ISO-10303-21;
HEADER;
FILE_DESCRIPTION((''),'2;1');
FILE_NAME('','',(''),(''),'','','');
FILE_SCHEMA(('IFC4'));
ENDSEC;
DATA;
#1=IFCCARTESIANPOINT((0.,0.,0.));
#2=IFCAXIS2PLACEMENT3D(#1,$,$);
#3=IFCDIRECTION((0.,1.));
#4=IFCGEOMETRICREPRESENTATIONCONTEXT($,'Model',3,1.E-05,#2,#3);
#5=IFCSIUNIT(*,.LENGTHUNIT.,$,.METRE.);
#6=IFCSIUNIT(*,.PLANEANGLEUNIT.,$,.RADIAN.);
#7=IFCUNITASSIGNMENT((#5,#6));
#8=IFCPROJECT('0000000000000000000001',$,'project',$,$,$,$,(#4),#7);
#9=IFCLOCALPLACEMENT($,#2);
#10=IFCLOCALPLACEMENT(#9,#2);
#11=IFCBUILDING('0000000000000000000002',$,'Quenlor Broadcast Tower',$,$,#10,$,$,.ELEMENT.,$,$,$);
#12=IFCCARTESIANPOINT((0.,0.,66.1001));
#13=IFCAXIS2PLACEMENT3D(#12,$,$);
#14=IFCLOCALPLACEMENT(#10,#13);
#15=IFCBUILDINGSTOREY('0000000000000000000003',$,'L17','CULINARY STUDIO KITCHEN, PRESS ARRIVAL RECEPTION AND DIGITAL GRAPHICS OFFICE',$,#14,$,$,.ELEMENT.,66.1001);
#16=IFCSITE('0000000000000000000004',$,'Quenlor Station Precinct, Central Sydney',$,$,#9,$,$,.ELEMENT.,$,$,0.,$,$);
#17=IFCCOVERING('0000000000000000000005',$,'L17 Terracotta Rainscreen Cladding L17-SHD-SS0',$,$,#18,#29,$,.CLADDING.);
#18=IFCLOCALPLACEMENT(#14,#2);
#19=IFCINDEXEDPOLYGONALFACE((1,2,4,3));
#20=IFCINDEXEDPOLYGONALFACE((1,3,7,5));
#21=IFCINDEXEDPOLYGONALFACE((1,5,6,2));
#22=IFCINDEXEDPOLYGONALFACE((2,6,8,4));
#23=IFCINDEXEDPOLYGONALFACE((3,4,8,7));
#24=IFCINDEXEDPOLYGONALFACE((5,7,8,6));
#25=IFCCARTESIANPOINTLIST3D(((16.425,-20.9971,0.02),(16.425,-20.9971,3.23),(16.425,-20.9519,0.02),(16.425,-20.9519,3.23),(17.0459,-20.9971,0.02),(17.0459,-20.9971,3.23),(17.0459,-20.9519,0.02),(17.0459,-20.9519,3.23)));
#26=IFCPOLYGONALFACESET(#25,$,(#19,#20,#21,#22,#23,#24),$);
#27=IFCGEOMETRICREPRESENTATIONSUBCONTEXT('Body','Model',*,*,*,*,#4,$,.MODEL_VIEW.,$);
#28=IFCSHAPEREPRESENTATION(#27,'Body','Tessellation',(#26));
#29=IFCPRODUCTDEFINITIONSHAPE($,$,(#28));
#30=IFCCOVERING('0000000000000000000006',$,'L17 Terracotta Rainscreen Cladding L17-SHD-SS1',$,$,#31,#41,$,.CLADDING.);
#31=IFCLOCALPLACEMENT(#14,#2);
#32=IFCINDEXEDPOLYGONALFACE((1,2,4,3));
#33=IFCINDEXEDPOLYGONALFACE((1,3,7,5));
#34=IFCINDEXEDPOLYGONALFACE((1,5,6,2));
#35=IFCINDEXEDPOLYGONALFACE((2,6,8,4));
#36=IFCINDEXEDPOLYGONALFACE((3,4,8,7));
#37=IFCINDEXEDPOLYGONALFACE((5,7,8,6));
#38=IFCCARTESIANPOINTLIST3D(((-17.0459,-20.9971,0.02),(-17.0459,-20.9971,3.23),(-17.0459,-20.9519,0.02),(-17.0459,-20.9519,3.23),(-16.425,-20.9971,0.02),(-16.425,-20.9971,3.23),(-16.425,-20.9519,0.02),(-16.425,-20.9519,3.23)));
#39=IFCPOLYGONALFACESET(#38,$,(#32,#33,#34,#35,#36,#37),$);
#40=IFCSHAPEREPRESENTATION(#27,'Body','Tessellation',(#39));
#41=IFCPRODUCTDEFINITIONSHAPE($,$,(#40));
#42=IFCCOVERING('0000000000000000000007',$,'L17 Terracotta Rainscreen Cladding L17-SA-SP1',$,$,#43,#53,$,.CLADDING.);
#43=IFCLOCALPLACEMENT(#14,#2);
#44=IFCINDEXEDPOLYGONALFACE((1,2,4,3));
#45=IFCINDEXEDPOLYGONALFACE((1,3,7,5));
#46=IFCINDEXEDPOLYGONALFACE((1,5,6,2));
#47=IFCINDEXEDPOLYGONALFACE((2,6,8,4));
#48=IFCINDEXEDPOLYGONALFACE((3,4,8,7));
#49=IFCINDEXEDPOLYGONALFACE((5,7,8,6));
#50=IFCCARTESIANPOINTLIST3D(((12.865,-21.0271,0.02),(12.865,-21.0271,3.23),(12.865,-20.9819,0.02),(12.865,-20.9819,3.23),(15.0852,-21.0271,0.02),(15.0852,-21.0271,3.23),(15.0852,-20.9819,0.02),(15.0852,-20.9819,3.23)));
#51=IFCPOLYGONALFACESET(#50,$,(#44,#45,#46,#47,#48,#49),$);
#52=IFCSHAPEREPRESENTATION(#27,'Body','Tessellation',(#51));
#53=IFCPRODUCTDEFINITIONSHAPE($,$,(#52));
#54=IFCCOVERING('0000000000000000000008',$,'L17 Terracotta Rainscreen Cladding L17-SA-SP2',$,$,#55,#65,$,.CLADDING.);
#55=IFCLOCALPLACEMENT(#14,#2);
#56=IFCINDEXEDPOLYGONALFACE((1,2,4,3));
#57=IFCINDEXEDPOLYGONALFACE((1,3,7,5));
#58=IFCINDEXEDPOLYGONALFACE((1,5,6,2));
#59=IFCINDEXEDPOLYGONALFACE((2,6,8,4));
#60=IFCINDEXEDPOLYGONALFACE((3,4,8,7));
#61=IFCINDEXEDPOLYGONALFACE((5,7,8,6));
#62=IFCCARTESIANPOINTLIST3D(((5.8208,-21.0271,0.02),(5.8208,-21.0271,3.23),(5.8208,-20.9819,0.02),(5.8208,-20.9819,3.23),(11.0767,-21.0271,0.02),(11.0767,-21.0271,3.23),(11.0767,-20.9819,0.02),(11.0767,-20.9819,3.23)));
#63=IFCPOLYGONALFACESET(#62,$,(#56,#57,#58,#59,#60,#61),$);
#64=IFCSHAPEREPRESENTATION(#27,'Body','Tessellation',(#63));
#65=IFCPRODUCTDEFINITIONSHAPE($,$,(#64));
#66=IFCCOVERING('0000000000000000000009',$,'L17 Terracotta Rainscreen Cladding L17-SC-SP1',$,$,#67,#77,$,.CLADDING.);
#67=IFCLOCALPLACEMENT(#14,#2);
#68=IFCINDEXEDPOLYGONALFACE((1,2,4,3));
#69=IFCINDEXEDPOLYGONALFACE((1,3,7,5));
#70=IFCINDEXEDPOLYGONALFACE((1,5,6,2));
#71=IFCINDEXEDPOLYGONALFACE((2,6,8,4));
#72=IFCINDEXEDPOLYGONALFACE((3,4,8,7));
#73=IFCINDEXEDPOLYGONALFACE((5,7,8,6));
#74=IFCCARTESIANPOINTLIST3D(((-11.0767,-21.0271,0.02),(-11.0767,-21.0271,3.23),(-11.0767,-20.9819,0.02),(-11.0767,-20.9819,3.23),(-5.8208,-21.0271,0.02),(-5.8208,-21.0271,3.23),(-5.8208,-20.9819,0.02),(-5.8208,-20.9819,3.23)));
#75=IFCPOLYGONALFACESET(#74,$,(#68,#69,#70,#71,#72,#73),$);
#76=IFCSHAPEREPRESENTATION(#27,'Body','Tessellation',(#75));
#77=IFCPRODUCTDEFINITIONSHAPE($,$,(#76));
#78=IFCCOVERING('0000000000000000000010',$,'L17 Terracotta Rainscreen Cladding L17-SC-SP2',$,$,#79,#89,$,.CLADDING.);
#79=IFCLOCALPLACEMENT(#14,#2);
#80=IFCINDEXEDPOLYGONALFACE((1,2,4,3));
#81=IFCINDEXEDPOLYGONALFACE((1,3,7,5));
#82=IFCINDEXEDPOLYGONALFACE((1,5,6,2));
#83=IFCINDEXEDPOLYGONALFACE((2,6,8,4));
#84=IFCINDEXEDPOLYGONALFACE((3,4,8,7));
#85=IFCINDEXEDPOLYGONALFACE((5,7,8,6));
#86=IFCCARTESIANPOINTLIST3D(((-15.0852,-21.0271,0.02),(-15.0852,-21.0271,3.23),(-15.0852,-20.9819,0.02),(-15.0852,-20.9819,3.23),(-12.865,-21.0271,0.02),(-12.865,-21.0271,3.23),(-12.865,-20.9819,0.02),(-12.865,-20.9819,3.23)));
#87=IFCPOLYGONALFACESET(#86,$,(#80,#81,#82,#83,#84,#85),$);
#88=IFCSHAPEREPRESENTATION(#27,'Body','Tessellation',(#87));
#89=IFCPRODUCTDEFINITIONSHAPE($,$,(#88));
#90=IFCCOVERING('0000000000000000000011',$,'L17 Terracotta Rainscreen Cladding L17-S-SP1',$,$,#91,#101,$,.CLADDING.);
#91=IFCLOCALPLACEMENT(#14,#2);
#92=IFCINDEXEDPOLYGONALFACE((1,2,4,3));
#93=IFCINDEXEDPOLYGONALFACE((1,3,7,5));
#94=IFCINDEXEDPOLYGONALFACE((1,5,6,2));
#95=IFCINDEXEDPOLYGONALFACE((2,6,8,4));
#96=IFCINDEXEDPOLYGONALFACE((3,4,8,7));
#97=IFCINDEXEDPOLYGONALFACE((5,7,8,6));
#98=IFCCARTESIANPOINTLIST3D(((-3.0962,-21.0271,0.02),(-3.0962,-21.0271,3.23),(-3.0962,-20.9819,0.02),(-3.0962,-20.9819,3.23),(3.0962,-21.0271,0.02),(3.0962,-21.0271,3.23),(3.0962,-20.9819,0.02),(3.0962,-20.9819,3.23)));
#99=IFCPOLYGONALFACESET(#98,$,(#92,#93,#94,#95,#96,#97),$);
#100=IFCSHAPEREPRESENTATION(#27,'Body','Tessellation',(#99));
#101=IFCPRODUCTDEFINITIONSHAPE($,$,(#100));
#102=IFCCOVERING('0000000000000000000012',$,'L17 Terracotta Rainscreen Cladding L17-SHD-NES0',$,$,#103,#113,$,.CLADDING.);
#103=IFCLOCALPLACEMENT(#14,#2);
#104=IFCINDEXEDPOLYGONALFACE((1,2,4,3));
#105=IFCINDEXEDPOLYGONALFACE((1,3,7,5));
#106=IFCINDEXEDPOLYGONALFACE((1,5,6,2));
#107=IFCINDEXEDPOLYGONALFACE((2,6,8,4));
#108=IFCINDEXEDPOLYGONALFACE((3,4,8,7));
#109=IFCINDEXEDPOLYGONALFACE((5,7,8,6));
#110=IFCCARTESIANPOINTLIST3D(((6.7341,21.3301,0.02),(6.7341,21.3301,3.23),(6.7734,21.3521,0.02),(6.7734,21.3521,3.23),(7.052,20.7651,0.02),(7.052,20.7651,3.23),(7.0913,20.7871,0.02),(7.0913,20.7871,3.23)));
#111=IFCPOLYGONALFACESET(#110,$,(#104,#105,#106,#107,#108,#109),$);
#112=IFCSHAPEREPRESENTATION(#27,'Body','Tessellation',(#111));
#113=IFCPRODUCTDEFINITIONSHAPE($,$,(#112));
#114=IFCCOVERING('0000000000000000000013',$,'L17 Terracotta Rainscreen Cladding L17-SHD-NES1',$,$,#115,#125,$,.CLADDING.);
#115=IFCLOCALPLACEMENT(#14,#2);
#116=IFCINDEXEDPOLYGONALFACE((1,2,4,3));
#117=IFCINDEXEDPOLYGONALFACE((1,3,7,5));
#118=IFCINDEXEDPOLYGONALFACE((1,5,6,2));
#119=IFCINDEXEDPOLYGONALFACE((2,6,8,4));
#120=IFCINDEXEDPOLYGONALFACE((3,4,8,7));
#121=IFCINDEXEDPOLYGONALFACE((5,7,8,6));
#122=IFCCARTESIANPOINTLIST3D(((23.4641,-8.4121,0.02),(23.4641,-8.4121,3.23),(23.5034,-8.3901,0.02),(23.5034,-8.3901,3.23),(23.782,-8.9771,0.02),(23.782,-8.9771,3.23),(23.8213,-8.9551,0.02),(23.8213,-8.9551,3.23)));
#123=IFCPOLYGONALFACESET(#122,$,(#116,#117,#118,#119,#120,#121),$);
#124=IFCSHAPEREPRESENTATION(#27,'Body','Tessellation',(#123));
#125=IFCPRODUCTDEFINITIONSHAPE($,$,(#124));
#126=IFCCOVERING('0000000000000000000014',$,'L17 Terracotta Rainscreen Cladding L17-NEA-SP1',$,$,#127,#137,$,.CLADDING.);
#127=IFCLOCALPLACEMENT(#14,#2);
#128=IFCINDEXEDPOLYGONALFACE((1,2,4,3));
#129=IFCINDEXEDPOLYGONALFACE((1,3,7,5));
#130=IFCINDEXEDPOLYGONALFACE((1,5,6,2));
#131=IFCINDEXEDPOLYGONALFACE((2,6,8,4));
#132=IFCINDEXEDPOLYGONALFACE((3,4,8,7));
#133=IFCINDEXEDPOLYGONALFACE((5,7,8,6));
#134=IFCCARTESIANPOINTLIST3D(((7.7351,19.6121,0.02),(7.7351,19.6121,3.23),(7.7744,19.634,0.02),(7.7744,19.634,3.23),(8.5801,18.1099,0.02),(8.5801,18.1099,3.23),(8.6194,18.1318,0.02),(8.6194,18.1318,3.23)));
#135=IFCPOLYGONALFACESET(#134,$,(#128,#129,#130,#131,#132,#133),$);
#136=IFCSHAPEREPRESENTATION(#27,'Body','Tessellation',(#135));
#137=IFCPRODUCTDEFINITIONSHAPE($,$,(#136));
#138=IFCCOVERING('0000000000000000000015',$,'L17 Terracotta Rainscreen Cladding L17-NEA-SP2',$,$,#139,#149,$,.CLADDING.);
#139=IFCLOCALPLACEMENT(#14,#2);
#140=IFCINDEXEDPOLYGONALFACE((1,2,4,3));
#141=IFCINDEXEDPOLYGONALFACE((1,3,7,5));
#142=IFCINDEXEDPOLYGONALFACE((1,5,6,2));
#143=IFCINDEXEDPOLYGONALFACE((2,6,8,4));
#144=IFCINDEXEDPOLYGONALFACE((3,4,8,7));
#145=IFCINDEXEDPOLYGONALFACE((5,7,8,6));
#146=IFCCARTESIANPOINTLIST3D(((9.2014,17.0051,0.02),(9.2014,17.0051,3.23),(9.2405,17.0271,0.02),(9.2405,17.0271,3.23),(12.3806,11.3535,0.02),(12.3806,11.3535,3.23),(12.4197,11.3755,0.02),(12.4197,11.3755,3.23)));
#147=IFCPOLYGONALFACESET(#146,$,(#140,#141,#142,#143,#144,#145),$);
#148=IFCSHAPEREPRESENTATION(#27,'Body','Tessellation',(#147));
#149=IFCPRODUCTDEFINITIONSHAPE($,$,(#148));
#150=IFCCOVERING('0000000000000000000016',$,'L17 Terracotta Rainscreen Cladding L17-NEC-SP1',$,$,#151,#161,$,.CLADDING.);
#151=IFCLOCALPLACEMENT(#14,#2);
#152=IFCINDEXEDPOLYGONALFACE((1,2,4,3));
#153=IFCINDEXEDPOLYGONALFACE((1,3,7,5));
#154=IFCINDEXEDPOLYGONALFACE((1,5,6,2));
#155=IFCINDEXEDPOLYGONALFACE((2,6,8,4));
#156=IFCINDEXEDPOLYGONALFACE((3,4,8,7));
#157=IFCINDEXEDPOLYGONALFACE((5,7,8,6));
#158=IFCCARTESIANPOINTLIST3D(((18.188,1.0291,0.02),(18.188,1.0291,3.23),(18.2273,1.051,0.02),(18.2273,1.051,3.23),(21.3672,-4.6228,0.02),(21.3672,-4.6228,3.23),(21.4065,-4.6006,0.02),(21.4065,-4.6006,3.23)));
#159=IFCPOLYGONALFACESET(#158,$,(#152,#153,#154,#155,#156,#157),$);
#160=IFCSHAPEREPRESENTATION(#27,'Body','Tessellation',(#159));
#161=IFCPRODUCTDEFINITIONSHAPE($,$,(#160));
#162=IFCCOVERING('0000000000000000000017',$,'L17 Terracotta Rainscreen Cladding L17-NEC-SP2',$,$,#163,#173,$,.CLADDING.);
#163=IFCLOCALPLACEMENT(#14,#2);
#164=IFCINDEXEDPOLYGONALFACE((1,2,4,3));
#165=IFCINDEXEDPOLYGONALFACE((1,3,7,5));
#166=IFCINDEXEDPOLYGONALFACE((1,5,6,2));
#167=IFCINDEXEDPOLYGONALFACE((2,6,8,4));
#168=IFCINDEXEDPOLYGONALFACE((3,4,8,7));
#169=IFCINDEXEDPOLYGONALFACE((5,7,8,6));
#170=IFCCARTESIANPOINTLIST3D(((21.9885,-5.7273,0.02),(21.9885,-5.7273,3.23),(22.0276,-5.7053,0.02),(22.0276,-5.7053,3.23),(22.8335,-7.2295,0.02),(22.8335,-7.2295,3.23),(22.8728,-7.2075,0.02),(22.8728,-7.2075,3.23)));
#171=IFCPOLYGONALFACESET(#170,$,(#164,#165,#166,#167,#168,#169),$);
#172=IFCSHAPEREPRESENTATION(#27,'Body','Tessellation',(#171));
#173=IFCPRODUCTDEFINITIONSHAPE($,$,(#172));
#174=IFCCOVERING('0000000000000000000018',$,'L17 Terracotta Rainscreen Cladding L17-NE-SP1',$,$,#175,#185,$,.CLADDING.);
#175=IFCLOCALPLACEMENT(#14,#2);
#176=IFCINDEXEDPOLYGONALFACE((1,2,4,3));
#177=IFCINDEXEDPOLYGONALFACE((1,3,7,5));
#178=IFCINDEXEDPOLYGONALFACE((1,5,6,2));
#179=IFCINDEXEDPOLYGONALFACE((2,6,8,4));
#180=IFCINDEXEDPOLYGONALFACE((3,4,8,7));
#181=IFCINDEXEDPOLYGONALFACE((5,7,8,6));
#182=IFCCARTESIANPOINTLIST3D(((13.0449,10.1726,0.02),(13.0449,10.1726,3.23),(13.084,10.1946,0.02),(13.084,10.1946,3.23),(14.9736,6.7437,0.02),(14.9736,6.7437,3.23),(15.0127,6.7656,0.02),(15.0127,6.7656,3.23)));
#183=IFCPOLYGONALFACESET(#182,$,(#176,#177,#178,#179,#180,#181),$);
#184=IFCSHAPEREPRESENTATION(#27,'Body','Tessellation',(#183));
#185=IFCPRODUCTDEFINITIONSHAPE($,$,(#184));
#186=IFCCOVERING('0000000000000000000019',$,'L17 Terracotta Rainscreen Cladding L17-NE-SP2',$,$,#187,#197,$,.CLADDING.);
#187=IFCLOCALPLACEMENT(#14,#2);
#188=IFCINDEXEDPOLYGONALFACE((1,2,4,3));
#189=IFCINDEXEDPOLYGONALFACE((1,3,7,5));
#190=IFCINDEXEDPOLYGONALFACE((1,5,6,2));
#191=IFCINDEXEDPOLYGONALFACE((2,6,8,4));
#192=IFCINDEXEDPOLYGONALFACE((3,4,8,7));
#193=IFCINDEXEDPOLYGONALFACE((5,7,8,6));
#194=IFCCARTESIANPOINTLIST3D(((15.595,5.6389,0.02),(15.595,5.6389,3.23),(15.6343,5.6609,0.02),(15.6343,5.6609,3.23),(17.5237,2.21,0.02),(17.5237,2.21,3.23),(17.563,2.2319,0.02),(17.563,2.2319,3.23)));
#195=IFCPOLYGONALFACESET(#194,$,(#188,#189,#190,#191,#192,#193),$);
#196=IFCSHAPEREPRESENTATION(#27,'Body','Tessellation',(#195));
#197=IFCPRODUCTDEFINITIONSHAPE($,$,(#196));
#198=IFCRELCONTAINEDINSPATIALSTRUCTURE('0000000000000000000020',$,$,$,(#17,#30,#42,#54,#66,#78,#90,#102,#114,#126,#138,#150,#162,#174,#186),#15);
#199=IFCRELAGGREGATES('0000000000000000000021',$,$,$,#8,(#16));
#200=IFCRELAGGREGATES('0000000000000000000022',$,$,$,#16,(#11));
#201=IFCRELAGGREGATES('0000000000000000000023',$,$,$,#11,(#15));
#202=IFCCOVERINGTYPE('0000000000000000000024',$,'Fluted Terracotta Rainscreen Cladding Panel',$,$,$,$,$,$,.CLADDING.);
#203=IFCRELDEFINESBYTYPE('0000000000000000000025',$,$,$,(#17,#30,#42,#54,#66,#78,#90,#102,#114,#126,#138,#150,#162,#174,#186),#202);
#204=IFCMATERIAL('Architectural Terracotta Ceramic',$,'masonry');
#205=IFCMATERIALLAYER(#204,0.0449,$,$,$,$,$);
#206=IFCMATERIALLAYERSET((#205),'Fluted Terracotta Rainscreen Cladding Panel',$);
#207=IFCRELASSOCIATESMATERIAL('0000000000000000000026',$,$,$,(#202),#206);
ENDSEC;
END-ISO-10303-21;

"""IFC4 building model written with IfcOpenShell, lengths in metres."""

from ifc_helpers import new_model, si_unit, direction, frame, origin, place, context, subcontext, project, spatial, polyline, outline, extrude, material, layer, layer_set, type_object, element, save


model = new_model("IFC4")

# Units and contexts
model_context = context("Model", 3, precision=1e-05, world=origin(), true_north=direction((0.0, 1.0)))
body_context = subcontext(model_context, "Body", "Model", "MODEL_VIEW")
ifc_project = project(units=[si_unit("LENGTHUNIT", "METRE"), si_unit("PLANEANGLEUNIT", "RADIAN")], contexts=[model_context])

# Site, building, storey
site_placement = place(None, origin())
site = spatial("IfcSite", under=ifc_project, at=site_placement, Name="Quenlor Station Precinct, Central Sydney", CompositionType="ELEMENT", RefElevation=0.0)
building_placement = place(site_placement, origin())
building = spatial("IfcBuilding", under=site, at=building_placement, Name="Quenlor Broadcast Tower", CompositionType="ELEMENT")
storey_placement = place(building_placement, frame((0.0, 0.0, 66.1001)))
storey = spatial("IfcBuildingStorey", under=building, at=storey_placement, Name="L17", Description="CULINARY STUDIO KITCHEN, PRESS ARRIVAL RECEPTION AND DIGITAL GRAPHICS OFFICE", CompositionType="ELEMENT", Elevation=66.1001)

# Coverings
ifc_material_1 = material(Name="Architectural Terracotta Ceramic", Category="masonry")
ifc_layer_1 = layer(ifc_material_1, 0.0449)
ifc_layer_set_1 = layer_set([ifc_layer_1], Name="Fluted Terracotta Rainscreen Cladding Panel")
covering_type = type_object("IfcCoveringType", Name="Fluted Terracotta Rainscreen Cladding Panel", PredefinedType="CLADDING", material=ifc_layer_set_1)
covering_1_placement = place(storey_placement, frame((0.0, 0.0, 0.02)))
element("IfcCovering", 1, at=covering_1_placement, inside=storey, type_object=covering_type, Name="L17 Terracotta Rainscreen Cladding L17-SHD-SS0", PredefinedType="CLADDING", context=body_context, shape_type="SweptSolid", body=[
    extrude(outline(polyline([(17.0459, -20.9519), (16.425, -20.9519), (16.425, -20.9971), (17.0459, -20.9971), (17.0459, -20.9519)])), origin(), (0.0, 0.0, 1.0), 3.21),
])
covering_2_placement = place(storey_placement, frame((0.0, 0.0, 0.02)))
element("IfcCovering", 2, at=covering_2_placement, inside=storey, type_object=covering_type, Name="L17 Terracotta Rainscreen Cladding L17-SHD-SS1", PredefinedType="CLADDING", context=body_context, shape_type="SweptSolid", body=[
    extrude(outline(polyline([(-16.425, -20.9519), (-17.0459, -20.9519), (-17.0459, -20.9971), (-16.425, -20.9971), (-16.425, -20.9519)])), origin(), (0.0, 0.0, 1.0), 3.21),
])
covering_3_placement = place(storey_placement, frame((0.0, 0.0, 0.02)))
element("IfcCovering", 3, at=covering_3_placement, inside=storey, type_object=covering_type, Name="L17 Terracotta Rainscreen Cladding L17-SA-SP1", PredefinedType="CLADDING", context=body_context, shape_type="SweptSolid", body=[
    extrude(outline(polyline([(15.0852, -20.9819), (12.865, -20.9819), (12.865, -21.0271), (15.0852, -21.0271), (15.0852, -20.9819)])), origin(), (0.0, 0.0, 1.0), 3.21),
])
covering_4_placement = place(storey_placement, frame((0.0, 0.0, 0.02)))
element("IfcCovering", 4, at=covering_4_placement, inside=storey, type_object=covering_type, Name="L17 Terracotta Rainscreen Cladding L17-SA-SP2", PredefinedType="CLADDING", context=body_context, shape_type="SweptSolid", body=[
    extrude(outline(polyline([(11.0767, -20.9819), (5.8208, -20.9819), (5.8208, -21.0271), (11.0767, -21.0271), (11.0767, -20.9819)])), origin(), (0.0, 0.0, 1.0), 3.21),
])
covering_5_placement = place(storey_placement, frame((0.0, 0.0, 0.02)))
element("IfcCovering", 5, at=covering_5_placement, inside=storey, type_object=covering_type, Name="L17 Terracotta Rainscreen Cladding L17-SC-SP1", PredefinedType="CLADDING", context=body_context, shape_type="SweptSolid", body=[
    extrude(outline(polyline([(-5.8208, -20.9819), (-11.0767, -20.9819), (-11.0767, -21.0271), (-5.8208, -21.0271), (-5.8208, -20.9819)])), origin(), (0.0, 0.0, 1.0), 3.21),
])
covering_6_placement = place(storey_placement, frame((0.0, 0.0, 0.02)))
element("IfcCovering", 6, at=covering_6_placement, inside=storey, type_object=covering_type, Name="L17 Terracotta Rainscreen Cladding L17-SC-SP2", PredefinedType="CLADDING", context=body_context, shape_type="SweptSolid", body=[
    extrude(outline(polyline([(-12.865, -20.9819), (-15.0852, -20.9819), (-15.0852, -21.0271), (-12.865, -21.0271), (-12.865, -20.9819)])), origin(), (0.0, 0.0, 1.0), 3.21),
])
covering_7_placement = place(storey_placement, frame((0.0, 0.0, 0.02)))
element("IfcCovering", 7, at=covering_7_placement, inside=storey, type_object=covering_type, Name="L17 Terracotta Rainscreen Cladding L17-S-SP1", PredefinedType="CLADDING", context=body_context, shape_type="SweptSolid", body=[
    extrude(outline(polyline([(3.0962, -20.9819), (-3.0962, -20.9819), (-3.0962, -21.0271), (3.0962, -21.0271), (3.0962, -20.9819)])), origin(), (0.0, 0.0, 1.0), 3.21),
])
covering_8_placement = place(storey_placement, frame((0.0, 0.0, 0.02)))
element("IfcCovering", 8, at=covering_8_placement, inside=storey, type_object=covering_type, Name="L17 Terracotta Rainscreen Cladding L17-SHD-NES0", PredefinedType="CLADDING", context=body_context, shape_type="SweptSolid", body=[
    extrude(outline(polyline([(6.7341, 21.3301), (7.052, 20.7651), (7.0913, 20.7871), (6.7734, 21.3521), (6.7341, 21.3301)])), origin(), (0.0, 0.0, 1.0), 3.21),
])
covering_9_placement = place(storey_placement, frame((0.0, 0.0, 0.02)))
element("IfcCovering", 9, at=covering_9_placement, inside=storey, type_object=covering_type, Name="L17 Terracotta Rainscreen Cladding L17-SHD-NES1", PredefinedType="CLADDING", context=body_context, shape_type="SweptSolid", body=[
    extrude(outline(polyline([(23.4641, -8.4121), (23.782, -8.9771), (23.8213, -8.9551), (23.5034, -8.3901), (23.4641, -8.4121)])), origin(), (0.0, 0.0, 1.0), 3.21),
])
covering_10_placement = place(storey_placement, frame((0.0, 0.0, 0.02)))
element("IfcCovering", 10, at=covering_10_placement, inside=storey, type_object=covering_type, Name="L17 Terracotta Rainscreen Cladding L17-NEA-SP1", PredefinedType="CLADDING", context=body_context, shape_type="SweptSolid", body=[
    extrude(outline(polyline([(7.7351, 19.6121), (8.5801, 18.1099), (8.6194, 18.1318), (7.7744, 19.634), (7.7351, 19.6121)])), origin(), (0.0, 0.0, 1.0), 3.21),
])
covering_11_placement = place(storey_placement, frame((0.0, 0.0, 0.02)))
element("IfcCovering", 11, at=covering_11_placement, inside=storey, type_object=covering_type, Name="L17 Terracotta Rainscreen Cladding L17-NEA-SP2", PredefinedType="CLADDING", context=body_context, shape_type="SweptSolid", body=[
    extrude(outline(polyline([(9.2014, 17.0051), (12.3806, 11.3535), (12.4197, 11.3755), (9.2405, 17.0271), (9.2014, 17.0051)])), origin(), (0.0, 0.0, 1.0), 3.21),
])
covering_12_placement = place(storey_placement, frame((0.0, 0.0, 0.02)))
element("IfcCovering", 12, at=covering_12_placement, inside=storey, type_object=covering_type, Name="L17 Terracotta Rainscreen Cladding L17-NEC-SP1", PredefinedType="CLADDING", context=body_context, shape_type="SweptSolid", body=[
    extrude(outline(polyline([(18.188, 1.0291), (21.3672, -4.6228), (21.4065, -4.6006), (18.2273, 1.051), (18.188, 1.0291)])), origin(), (0.0, 0.0, 1.0), 3.21),
])
covering_13_placement = place(storey_placement, frame((0.0, 0.0, 0.02)))
element("IfcCovering", 13, at=covering_13_placement, inside=storey, type_object=covering_type, Name="L17 Terracotta Rainscreen Cladding L17-NEC-SP2", PredefinedType="CLADDING", context=body_context, shape_type="SweptSolid", body=[
    extrude(outline(polyline([(21.9885, -5.7273), (22.8335, -7.2295), (22.8728, -7.2075), (22.0276, -5.7053), (21.9885, -5.7273)])), origin(), (0.0, 0.0, 1.0), 3.21),
])
covering_14_placement = place(storey_placement, frame((0.0, 0.0, 0.02)))
element("IfcCovering", 14, at=covering_14_placement, inside=storey, type_object=covering_type, Name="L17 Terracotta Rainscreen Cladding L17-NE-SP1", PredefinedType="CLADDING", context=body_context, shape_type="SweptSolid", body=[
    extrude(outline(polyline([(13.0449, 10.1726), (14.9736, 6.7437), (15.0127, 6.7656), (13.084, 10.1946), (13.0449, 10.1726)])), origin(), (0.0, 0.0, 1.0), 3.21),
])
covering_15_placement = place(storey_placement, frame((0.0, 0.0, 0.02)))
element("IfcCovering", 15, at=covering_15_placement, inside=storey, type_object=covering_type, Name="L17 Terracotta Rainscreen Cladding L17-NE-SP2", PredefinedType="CLADDING", context=body_context, shape_type="SweptSolid", body=[
    extrude(outline(polyline([(15.595, 5.6389), (17.5237, 2.21), (17.563, 2.2319), (15.6343, 5.6609), (15.595, 5.6389)])), origin(), (0.0, 0.0, 1.0), 3.21),
])

save(model, "model.ifc")
